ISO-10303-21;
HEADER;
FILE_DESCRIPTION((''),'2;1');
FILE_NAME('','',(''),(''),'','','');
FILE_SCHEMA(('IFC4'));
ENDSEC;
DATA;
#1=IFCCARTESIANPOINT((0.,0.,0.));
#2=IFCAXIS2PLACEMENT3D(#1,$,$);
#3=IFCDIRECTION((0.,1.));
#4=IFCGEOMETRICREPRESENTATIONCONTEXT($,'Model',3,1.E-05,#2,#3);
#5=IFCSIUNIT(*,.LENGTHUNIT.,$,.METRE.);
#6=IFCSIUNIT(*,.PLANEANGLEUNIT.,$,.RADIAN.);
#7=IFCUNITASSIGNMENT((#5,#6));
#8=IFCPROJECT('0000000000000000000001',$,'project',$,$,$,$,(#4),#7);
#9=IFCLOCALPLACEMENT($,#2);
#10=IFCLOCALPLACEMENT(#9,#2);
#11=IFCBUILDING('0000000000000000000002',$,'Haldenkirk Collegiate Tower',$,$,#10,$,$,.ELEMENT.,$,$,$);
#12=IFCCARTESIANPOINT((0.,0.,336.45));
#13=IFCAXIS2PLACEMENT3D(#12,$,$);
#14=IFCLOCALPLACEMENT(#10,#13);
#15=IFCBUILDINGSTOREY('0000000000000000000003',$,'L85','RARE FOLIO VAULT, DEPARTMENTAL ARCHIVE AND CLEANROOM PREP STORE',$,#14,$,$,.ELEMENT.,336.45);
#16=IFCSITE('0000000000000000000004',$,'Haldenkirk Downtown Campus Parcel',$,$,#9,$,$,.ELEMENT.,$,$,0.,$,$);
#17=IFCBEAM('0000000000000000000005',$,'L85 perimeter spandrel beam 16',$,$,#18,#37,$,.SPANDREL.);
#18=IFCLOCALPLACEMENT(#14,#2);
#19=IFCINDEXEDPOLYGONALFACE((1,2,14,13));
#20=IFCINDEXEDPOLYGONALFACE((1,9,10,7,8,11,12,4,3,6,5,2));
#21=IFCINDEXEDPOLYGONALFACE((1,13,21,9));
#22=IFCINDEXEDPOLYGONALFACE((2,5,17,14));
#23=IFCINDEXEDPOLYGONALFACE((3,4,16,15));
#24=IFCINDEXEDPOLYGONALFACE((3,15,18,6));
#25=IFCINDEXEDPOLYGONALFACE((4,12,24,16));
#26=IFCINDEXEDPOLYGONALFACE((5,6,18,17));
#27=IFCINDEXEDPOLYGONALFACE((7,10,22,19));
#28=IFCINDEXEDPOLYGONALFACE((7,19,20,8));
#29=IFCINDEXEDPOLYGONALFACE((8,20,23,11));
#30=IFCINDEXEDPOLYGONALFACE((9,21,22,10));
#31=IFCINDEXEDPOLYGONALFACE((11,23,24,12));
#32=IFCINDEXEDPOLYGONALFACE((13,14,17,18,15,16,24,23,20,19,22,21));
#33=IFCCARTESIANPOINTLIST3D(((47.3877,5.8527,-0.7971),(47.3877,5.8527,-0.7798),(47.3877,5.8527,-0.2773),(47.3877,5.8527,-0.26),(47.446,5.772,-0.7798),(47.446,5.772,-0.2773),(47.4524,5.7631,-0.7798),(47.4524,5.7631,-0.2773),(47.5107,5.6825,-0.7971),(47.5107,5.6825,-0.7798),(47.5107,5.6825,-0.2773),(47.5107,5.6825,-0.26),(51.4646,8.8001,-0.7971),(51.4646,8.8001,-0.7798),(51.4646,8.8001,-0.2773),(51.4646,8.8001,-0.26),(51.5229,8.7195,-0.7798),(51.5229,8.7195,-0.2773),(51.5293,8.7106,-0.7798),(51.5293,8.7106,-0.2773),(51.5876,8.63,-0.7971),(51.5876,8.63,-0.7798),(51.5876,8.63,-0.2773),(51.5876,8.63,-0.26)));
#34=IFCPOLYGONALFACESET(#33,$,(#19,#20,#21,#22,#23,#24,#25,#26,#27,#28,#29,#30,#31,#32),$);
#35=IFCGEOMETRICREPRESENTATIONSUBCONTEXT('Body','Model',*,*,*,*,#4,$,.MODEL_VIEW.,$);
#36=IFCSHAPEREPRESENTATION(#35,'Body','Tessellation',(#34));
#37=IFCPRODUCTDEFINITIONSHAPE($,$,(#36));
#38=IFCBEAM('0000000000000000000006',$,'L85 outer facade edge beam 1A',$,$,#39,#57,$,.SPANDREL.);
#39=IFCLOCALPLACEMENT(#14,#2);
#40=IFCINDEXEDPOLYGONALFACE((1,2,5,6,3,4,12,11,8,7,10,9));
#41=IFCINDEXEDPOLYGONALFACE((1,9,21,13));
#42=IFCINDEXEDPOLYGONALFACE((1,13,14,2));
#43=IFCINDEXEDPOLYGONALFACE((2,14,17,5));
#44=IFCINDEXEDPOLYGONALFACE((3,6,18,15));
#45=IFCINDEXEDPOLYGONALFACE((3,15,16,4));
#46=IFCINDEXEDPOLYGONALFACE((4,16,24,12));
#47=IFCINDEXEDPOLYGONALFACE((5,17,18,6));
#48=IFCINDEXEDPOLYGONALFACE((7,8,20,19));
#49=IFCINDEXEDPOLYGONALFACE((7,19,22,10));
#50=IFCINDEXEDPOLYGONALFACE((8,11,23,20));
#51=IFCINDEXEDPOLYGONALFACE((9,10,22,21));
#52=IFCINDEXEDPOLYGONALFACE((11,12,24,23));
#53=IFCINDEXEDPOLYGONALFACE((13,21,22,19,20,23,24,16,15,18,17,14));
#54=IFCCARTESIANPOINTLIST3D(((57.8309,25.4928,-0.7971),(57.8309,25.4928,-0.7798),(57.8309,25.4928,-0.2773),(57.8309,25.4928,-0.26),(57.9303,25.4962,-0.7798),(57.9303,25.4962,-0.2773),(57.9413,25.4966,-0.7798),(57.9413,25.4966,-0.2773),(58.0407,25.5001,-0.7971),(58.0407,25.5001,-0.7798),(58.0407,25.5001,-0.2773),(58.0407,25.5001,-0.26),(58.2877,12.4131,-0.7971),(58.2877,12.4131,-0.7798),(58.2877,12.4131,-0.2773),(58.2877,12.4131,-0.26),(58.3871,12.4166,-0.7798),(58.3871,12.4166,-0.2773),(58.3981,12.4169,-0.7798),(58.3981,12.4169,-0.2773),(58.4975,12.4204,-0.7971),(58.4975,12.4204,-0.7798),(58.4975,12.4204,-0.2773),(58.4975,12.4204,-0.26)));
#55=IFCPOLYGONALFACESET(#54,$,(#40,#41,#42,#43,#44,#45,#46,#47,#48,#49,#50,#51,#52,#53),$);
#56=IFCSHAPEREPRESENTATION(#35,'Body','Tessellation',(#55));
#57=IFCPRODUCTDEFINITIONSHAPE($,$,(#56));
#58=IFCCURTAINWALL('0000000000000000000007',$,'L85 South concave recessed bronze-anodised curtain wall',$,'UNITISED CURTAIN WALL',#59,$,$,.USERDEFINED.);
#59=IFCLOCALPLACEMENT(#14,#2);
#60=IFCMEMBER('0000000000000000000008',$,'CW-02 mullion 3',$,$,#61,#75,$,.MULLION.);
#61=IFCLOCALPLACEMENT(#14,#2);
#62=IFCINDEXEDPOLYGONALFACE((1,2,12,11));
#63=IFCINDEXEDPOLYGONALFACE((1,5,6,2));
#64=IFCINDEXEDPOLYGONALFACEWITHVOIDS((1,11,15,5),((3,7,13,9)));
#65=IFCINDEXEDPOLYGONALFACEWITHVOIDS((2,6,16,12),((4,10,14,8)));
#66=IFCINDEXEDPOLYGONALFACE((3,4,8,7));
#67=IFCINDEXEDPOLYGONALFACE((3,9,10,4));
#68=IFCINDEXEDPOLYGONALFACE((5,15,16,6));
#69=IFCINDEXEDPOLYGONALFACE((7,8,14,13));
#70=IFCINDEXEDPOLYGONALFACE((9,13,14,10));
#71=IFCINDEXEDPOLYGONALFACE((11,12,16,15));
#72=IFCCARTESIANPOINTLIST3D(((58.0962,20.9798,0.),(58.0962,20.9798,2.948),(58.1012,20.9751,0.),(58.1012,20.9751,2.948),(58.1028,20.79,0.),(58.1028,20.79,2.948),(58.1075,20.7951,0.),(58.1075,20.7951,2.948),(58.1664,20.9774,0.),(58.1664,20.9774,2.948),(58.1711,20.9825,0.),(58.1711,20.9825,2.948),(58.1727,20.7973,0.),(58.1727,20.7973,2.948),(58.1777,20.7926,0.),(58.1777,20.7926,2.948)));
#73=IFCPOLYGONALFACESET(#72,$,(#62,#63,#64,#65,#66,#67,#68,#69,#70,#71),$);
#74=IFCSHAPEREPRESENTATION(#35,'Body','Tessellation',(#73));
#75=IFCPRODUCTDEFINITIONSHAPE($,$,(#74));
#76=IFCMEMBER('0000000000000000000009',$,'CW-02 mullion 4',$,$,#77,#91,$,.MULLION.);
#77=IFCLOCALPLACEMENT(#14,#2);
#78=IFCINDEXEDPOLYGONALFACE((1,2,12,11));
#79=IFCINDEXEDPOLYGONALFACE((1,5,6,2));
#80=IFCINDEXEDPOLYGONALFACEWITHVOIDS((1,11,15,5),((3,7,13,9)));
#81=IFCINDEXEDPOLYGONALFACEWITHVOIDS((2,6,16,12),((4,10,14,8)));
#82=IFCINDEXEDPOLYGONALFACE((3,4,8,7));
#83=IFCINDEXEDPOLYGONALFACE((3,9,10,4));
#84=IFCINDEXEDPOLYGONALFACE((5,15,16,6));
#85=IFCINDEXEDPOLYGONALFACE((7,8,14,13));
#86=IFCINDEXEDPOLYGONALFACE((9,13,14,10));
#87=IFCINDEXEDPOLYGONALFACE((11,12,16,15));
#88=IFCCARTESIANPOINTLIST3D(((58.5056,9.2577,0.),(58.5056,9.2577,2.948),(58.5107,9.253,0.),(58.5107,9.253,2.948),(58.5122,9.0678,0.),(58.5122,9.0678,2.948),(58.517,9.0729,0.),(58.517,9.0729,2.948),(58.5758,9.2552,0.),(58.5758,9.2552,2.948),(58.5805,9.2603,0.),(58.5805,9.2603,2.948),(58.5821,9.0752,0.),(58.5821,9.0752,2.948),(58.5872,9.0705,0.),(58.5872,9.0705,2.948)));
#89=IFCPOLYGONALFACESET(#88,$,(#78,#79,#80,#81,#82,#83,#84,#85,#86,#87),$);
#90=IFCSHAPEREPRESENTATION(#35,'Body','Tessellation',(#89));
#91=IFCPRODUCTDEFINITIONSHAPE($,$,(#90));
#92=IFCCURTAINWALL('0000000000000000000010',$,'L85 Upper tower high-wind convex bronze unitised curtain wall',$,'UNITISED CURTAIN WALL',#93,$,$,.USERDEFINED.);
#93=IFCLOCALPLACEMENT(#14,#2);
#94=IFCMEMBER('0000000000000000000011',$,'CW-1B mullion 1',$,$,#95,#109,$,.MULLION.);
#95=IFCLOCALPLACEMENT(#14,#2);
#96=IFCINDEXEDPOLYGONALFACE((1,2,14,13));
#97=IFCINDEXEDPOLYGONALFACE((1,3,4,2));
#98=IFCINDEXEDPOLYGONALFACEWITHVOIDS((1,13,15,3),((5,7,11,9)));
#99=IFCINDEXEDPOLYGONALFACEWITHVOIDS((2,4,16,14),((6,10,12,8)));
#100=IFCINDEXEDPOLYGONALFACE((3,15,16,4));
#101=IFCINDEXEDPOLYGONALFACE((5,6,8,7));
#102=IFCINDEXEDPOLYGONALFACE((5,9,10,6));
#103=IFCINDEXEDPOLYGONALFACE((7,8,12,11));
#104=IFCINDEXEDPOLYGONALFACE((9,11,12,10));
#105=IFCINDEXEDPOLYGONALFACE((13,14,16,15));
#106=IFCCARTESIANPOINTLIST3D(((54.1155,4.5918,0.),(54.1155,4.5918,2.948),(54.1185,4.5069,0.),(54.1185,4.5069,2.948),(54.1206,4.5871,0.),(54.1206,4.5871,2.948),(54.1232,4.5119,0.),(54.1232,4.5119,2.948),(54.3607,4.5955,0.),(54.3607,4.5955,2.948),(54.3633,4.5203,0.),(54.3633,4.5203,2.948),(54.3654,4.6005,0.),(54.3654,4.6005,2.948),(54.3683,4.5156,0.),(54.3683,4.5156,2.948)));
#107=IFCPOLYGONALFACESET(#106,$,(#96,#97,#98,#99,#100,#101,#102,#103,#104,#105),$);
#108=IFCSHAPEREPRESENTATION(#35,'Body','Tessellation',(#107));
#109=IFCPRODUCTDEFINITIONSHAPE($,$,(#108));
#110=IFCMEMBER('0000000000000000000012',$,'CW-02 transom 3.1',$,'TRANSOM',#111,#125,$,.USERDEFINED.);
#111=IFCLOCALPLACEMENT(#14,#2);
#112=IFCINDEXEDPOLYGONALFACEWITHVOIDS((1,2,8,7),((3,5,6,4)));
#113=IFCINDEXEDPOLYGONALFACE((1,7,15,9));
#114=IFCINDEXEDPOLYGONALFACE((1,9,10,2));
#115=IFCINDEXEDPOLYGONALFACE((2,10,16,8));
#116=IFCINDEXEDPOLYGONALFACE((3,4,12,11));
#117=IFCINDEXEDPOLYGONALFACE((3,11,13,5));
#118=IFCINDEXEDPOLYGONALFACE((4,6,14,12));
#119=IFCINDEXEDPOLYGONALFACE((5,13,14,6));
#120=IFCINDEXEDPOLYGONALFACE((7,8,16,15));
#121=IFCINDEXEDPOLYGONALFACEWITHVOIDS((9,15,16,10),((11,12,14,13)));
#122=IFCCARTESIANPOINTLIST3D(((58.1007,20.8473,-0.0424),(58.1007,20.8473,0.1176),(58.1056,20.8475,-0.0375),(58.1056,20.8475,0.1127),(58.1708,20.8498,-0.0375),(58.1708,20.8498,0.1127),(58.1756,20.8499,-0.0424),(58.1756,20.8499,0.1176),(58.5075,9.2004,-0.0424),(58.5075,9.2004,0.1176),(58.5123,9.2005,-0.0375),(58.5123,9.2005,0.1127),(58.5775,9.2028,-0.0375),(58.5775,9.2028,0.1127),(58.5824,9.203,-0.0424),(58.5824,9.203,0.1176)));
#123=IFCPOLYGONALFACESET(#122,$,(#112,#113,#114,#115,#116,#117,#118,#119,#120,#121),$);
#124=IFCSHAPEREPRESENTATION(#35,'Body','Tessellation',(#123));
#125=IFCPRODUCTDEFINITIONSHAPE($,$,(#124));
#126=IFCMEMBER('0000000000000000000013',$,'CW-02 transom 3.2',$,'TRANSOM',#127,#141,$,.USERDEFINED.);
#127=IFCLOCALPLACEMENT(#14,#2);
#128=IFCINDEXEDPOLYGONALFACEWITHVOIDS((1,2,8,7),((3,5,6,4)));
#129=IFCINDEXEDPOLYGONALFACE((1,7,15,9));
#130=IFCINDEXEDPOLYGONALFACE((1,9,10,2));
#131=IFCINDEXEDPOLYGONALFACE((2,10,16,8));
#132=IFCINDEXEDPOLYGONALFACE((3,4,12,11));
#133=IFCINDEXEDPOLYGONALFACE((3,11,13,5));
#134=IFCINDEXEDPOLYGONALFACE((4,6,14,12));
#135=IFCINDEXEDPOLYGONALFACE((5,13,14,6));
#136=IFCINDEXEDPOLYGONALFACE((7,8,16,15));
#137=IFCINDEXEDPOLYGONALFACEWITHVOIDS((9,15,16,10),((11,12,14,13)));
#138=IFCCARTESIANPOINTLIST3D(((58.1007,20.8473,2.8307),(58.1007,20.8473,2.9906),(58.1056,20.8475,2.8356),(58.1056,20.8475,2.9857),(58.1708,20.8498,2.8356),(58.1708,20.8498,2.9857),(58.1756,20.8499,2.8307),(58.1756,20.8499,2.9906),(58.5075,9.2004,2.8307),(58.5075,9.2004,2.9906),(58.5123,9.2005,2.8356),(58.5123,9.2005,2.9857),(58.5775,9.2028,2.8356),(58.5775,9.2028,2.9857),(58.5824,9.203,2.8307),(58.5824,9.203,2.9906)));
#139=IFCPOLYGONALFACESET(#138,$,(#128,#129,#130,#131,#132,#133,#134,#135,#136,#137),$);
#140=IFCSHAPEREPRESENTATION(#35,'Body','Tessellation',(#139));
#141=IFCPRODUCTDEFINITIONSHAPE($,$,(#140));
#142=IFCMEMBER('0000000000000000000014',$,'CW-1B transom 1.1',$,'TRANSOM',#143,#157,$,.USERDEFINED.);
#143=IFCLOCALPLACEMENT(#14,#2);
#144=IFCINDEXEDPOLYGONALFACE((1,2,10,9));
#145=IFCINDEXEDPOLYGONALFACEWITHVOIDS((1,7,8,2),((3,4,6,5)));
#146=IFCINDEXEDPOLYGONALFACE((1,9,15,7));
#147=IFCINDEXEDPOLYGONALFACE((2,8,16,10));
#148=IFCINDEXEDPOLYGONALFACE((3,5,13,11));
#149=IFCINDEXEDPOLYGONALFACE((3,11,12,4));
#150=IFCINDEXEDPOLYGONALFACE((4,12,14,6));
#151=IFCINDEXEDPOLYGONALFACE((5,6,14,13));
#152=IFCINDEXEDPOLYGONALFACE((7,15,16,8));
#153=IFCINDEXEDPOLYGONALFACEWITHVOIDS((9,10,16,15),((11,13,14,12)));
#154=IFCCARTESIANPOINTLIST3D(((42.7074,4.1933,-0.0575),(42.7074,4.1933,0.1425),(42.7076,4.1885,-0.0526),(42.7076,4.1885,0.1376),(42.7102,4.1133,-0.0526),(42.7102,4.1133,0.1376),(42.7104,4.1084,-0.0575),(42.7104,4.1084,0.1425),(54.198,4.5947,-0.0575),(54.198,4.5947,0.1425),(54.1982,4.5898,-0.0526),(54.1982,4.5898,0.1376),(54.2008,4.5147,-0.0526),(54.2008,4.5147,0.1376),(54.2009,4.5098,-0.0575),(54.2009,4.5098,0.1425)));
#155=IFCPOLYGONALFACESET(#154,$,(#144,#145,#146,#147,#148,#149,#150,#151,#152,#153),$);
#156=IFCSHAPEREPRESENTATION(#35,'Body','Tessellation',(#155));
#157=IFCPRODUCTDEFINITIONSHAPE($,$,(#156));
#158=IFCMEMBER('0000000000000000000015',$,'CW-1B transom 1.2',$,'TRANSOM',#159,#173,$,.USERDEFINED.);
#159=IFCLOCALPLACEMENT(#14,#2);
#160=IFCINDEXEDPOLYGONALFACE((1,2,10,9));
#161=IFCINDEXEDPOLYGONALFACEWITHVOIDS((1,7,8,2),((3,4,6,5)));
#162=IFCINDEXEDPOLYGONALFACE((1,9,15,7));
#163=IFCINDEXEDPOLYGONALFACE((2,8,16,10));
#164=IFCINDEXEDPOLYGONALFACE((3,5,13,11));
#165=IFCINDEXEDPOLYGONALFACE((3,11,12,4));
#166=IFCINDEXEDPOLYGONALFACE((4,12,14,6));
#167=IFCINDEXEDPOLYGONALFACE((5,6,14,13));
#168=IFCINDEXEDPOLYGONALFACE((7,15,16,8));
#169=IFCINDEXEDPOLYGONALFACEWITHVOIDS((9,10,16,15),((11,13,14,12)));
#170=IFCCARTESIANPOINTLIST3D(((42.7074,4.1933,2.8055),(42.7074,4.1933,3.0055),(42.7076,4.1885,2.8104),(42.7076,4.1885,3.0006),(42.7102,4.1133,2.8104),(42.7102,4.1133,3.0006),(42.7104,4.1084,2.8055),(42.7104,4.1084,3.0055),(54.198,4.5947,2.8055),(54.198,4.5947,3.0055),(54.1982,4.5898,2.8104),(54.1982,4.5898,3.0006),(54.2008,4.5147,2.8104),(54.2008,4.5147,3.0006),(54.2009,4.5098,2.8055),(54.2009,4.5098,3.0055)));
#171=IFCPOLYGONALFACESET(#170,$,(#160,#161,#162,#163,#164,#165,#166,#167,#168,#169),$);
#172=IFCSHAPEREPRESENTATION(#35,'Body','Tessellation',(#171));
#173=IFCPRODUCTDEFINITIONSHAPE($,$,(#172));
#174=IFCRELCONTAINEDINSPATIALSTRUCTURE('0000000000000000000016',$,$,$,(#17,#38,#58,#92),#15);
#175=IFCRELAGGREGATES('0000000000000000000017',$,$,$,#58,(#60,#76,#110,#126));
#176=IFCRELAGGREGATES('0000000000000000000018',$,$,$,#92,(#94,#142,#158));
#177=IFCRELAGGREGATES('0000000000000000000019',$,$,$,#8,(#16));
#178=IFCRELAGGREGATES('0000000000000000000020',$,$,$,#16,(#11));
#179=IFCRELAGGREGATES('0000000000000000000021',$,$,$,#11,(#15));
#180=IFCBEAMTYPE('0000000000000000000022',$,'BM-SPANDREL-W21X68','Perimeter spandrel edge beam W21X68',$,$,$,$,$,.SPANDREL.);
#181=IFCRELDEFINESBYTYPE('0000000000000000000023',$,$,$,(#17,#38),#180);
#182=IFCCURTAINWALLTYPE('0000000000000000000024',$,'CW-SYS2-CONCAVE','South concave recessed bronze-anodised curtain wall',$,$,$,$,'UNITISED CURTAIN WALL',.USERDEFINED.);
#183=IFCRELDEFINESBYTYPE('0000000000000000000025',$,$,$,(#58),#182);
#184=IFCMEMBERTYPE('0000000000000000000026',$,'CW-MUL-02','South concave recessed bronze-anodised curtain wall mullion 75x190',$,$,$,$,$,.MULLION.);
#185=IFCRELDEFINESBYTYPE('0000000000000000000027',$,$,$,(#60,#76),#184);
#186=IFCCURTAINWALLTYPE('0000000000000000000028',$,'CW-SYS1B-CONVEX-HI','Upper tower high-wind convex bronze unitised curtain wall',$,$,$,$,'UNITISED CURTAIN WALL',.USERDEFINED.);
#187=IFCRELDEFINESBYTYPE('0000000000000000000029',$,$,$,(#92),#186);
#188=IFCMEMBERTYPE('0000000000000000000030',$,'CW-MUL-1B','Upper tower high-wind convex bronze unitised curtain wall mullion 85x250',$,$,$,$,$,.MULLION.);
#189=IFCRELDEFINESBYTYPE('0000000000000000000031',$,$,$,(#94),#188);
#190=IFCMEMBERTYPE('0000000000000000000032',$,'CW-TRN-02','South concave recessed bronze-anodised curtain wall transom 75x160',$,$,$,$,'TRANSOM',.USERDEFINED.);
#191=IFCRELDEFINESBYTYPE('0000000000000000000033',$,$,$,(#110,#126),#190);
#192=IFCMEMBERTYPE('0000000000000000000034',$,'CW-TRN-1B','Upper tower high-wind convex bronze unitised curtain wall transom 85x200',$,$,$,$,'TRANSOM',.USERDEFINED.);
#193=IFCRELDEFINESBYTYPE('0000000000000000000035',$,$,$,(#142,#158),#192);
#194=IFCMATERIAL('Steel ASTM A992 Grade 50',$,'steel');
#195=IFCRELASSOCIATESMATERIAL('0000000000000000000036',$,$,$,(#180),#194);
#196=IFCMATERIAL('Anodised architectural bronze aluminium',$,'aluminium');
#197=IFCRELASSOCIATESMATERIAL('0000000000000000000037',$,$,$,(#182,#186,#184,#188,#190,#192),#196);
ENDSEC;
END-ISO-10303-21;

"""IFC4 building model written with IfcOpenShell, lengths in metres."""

from ifc_helpers import new_model, si_unit, direction, frame, origin, origin_2d, place, context, subcontext, project, spatial, hollow_rectangle, i_section, extrude, material, material_profile, profile_set, type_object, element, aggregate, save


model = new_model("IFC4")

# Units and contexts
model_context = context("Model", 3, precision=1e-05, world=origin(), true_north=direction((0.0, 1.0)))
body_context = subcontext(model_context, "Body", "Model", "MODEL_VIEW")
ifc_project = project(units=[si_unit("LENGTHUNIT", "METRE"), si_unit("PLANEANGLEUNIT", "RADIAN")], contexts=[model_context])

# Site, building, storey
site_placement = place(None, origin())
site = spatial("IfcSite", under=ifc_project, at=site_placement, Name="Haldenkirk Downtown Campus Parcel", CompositionType="ELEMENT", RefElevation=0.0)
building_placement = place(site_placement, origin())
building = spatial("IfcBuilding", under=site, at=building_placement, Name="Haldenkirk Collegiate Tower", CompositionType="ELEMENT")
storey_placement = place(building_placement, frame((0.0, 0.0, 336.45)))
storey = spatial("IfcBuildingStorey", under=building, at=storey_placement, Name="L85", Description="RARE FOLIO VAULT, DEPARTMENTAL ARCHIVE AND CLEANROOM PREP STORE", CompositionType="ELEMENT", Elevation=336.45)

# Beams
ifc_material_1 = material(Name="Steel ASTM A992 Grade 50", Category="steel")
ifc_material_profile_1 = material_profile(ifc_material_1, i_section(OverallWidth=0.21, OverallDepth=0.5371, WebThickness=0.011, FlangeThickness=0.0173, at=origin_2d()), Name="W21X68")
ifc_profile_set_1 = profile_set([ifc_material_profile_1], Name="Steel ASTM A992 Grade 50")
beam_type_1 = type_object("IfcBeamType", Name="BM-SPANDREL-W21X68", Description="Perimeter spandrel edge beam W21X68", PredefinedType="SPANDREL", material=ifc_profile_set_1)
beam_1_placement = place(storey_placement, frame((47.4492, 5.7676, -0.5286), z_axis=(0.810389, 0.585893, 0.0), x_axis=(-0.585893, 0.810389, 0.0)))
element("IfcBeam", 1, at=beam_1_placement, inside=storey, type_object=beam_type_1, Name="L85 perimeter spandrel beam 16", PredefinedType="SPANDREL", context=body_context, shape_type="SweptSolid", body=[
    extrude(i_section(OverallWidth=0.21, OverallDepth=0.5371, WebThickness=0.011, FlangeThickness=0.0173, at=origin_2d()), origin(), (0.0, 0.0, 1.0), 5.0308),
])
beam_2_placement = place(storey_placement, frame((58.3926, 12.4167, -0.5286), z_axis=(-0.034902, 0.999391, 0.0), x_axis=(-0.999391, -0.034902, 0.0)))
element("IfcBeam", 2, at=beam_2_placement, inside=storey, type_object=beam_type_1, Name="L85 outer facade edge beam 1A", PredefinedType="SPANDREL", context=body_context, shape_type="SweptSolid", body=[
    extrude(i_section(OverallWidth=0.21, OverallDepth=0.5371, WebThickness=0.011, FlangeThickness=0.0173, at=origin_2d()), origin(), (0.0, 0.0, 1.0), 13.0876),
])

# Curtain wall, members
ifc_material_2 = material(Name="Anodised architectural bronze aluminium", Category="aluminium")
curtain_wall_type_1 = type_object("IfcCurtainWallType", Name="CW-SYS2-CONCAVE", Description="South concave recessed bronze-anodised curtain wall", ElementType="UNITISED CURTAIN WALL", PredefinedType="USERDEFINED", material=ifc_material_2)
curtain_wall_1_placement = place(storey_placement, origin())
curtain_wall_1 = element("IfcCurtainWall", 3, at=curtain_wall_1_placement, inside=storey, type_object=curtain_wall_type_1, Name="L85 South concave recessed bronze-anodised curtain wall", ObjectType="UNITISED CURTAIN WALL", PredefinedType="USERDEFINED")
ifc_material_profile_2 = material_profile(ifc_material_2, hollow_rectangle(XDim=0.075, YDim=0.1899, WallThickness=0.0049, at=origin_2d()), Name="CW-MUL-02")
ifc_profile_set_2 = profile_set([ifc_material_profile_2], Name="Anodised architectural bronze aluminium")
member_type_1 = type_object("IfcMemberType", Name="CW-MUL-02", Description="South concave recessed bronze-anodised curtain wall mullion 75x190", PredefinedType="MULLION", material=ifc_profile_set_2)
member_1_placement = place(storey_placement, frame((58.137, 20.8862, 0.0), z_axis=(0.0, 0.0, 1.0), x_axis=(0.999391, 0.034901, 0.0)))
member_1 = element("IfcMember", 4, at=member_1_placement, type_object=member_type_1, Name="CW-02 mullion 3", PredefinedType="MULLION", context=body_context, shape_type="SweptSolid", body=[
    extrude(hollow_rectangle(XDim=0.075, YDim=0.1899, WallThickness=0.0049, at=origin_2d()), origin(), (0.0, 0.0, 1.0), 2.948),
])
member_2_placement = place(storey_placement, frame((58.5464, 9.1641, 0.0), z_axis=(0.0, 0.0, 1.0), x_axis=(0.999391, 0.034901, 0.0)))
member_2 = element("IfcMember", 5, at=member_2_placement, type_object=member_type_1, Name="CW-02 mullion 4", PredefinedType="MULLION", context=body_context, shape_type="SweptSolid", body=[
    extrude(hollow_rectangle(XDim=0.075, YDim=0.1899, WallThickness=0.0049, at=origin_2d()), origin(), (0.0, 0.0, 1.0), 2.948),
])

# Curtain wall, member
curtain_wall_type_2 = type_object("IfcCurtainWallType", Name="CW-SYS1B-CONVEX-HI", Description="Upper tower high-wind convex bronze unitised curtain wall", ElementType="UNITISED CURTAIN WALL", PredefinedType="USERDEFINED", material=ifc_material_2)
curtain_wall_2_placement = place(storey_placement, origin())
curtain_wall_2 = element("IfcCurtainWall", 6, at=curtain_wall_2_placement, inside=storey, type_object=curtain_wall_type_2, Name="L85 Upper tower high-wind convex bronze unitised curtain wall", ObjectType="UNITISED CURTAIN WALL", PredefinedType="USERDEFINED")
ifc_material_profile_3 = material_profile(ifc_material_2, hollow_rectangle(XDim=0.085, YDim=0.25, WallThickness=0.0049, at=origin_2d()), Name="CW-MUL-1B")
ifc_profile_set_3 = profile_set([ifc_material_profile_3], Name="Anodised architectural bronze aluminium")
member_type_2 = type_object("IfcMemberType", Name="CW-MUL-1B", Description="Upper tower high-wind convex bronze unitised curtain wall mullion 85x250", PredefinedType="MULLION", material=ifc_profile_set_3)
member_3_placement = place(storey_placement, frame((54.2419, 4.5537, 0.0), z_axis=(0.0, 0.0, 1.0), x_axis=(0.034902, -0.999391, 0.0)))
member_3 = element("IfcMember", 7, at=member_3_placement, type_object=member_type_2, Name="CW-1B mullion 1", PredefinedType="MULLION", context=body_context, shape_type="SweptSolid", body=[
    extrude(hollow_rectangle(XDim=0.085, YDim=0.25, WallThickness=0.0049, at=origin_2d()), origin(), (0.0, 0.0, 1.0), 2.948),
])

# Members
ifc_material_profile_4 = material_profile(ifc_material_2, hollow_rectangle(XDim=0.075, YDim=0.1599, WallThickness=0.0049, at=origin_2d()), Name="CW-TRN-02")
ifc_profile_set_4 = profile_set([ifc_material_profile_4], Name="Anodised architectural bronze aluminium")
member_type_3 = type_object("IfcMemberType", Name="CW-TRN-02", Description="South concave recessed bronze-anodised curtain wall transom 75x160", ElementType="TRANSOM", PredefinedType="USERDEFINED", material=ifc_profile_set_4)
member_4_placement = place(storey_placement, frame((58.1382, 20.8486, 0.0376), z_axis=(0.034901, -0.999391, 0.0), x_axis=(0.999391, 0.034901, 0.0)))
member_4 = element("IfcMember", 8, at=member_4_placement, type_object=member_type_3, Name="CW-02 transom 3.1", ObjectType="TRANSOM", PredefinedType="USERDEFINED", context=body_context, shape_type="SweptSolid", body=[
    extrude(hollow_rectangle(XDim=0.075, YDim=0.1599, WallThickness=0.0049, at=origin_2d()), origin(), (0.0, 0.0, 1.0), 11.6541),
])
member_5_placement = place(storey_placement, frame((58.1382, 20.8486, 2.9106), z_axis=(0.034901, -0.999391, 0.0), x_axis=(0.999391, 0.034901, 0.0)))
member_5 = element("IfcMember", 9, at=member_5_placement, type_object=member_type_3, Name="CW-02 transom 3.2", ObjectType="TRANSOM", PredefinedType="USERDEFINED", context=body_context, shape_type="SweptSolid", body=[
    extrude(hollow_rectangle(XDim=0.075, YDim=0.1599, WallThickness=0.0049, at=origin_2d()), origin(), (0.0, 0.0, 1.0), 11.6541),
])
ifc_material_profile_5 = material_profile(ifc_material_2, hollow_rectangle(XDim=0.085, YDim=0.2, WallThickness=0.0049, at=origin_2d()), Name="CW-TRN-1B")
ifc_profile_set_5 = profile_set([ifc_material_profile_5], Name="Anodised architectural bronze aluminium")
member_type_4 = type_object("IfcMemberType", Name="CW-TRN-1B", Description="Upper tower high-wind convex bronze unitised curtain wall transom 85x200", ElementType="TRANSOM", PredefinedType="USERDEFINED", material=ifc_profile_set_5)
member_6_placement = place(storey_placement, frame((54.1995, 4.5522, 0.0425), z_axis=(-0.99939, -0.034909, 0.0), x_axis=(0.034909, -0.99939, 0.0)))
member_6 = element("IfcMember", 10, at=member_6_placement, type_object=member_type_4, Name="CW-1B transom 1.1", ObjectType="TRANSOM", PredefinedType="USERDEFINED", context=body_context, shape_type="SweptSolid", body=[
    extrude(hollow_rectangle(XDim=0.085, YDim=0.2, WallThickness=0.0049, at=origin_2d()), origin(), (0.0, 0.0, 1.0), 11.4976),
])
member_7_placement = place(storey_placement, frame((54.1995, 4.5522, 2.9055), z_axis=(-0.99939, -0.034909, 0.0), x_axis=(0.034909, -0.99939, 0.0)))
member_7 = element("IfcMember", 11, at=member_7_placement, type_object=member_type_4, Name="CW-1B transom 1.2", ObjectType="TRANSOM", PredefinedType="USERDEFINED", context=body_context, shape_type="SweptSolid", body=[
    extrude(hollow_rectangle(XDim=0.085, YDim=0.2, WallThickness=0.0049, at=origin_2d()), origin(), (0.0, 0.0, 1.0), 11.4976),
])

aggregate(curtain_wall_1, [member_1, member_2, member_4, member_5])
aggregate(curtain_wall_2, [member_3, member_6, member_7])

save(model, "model.ifc")
